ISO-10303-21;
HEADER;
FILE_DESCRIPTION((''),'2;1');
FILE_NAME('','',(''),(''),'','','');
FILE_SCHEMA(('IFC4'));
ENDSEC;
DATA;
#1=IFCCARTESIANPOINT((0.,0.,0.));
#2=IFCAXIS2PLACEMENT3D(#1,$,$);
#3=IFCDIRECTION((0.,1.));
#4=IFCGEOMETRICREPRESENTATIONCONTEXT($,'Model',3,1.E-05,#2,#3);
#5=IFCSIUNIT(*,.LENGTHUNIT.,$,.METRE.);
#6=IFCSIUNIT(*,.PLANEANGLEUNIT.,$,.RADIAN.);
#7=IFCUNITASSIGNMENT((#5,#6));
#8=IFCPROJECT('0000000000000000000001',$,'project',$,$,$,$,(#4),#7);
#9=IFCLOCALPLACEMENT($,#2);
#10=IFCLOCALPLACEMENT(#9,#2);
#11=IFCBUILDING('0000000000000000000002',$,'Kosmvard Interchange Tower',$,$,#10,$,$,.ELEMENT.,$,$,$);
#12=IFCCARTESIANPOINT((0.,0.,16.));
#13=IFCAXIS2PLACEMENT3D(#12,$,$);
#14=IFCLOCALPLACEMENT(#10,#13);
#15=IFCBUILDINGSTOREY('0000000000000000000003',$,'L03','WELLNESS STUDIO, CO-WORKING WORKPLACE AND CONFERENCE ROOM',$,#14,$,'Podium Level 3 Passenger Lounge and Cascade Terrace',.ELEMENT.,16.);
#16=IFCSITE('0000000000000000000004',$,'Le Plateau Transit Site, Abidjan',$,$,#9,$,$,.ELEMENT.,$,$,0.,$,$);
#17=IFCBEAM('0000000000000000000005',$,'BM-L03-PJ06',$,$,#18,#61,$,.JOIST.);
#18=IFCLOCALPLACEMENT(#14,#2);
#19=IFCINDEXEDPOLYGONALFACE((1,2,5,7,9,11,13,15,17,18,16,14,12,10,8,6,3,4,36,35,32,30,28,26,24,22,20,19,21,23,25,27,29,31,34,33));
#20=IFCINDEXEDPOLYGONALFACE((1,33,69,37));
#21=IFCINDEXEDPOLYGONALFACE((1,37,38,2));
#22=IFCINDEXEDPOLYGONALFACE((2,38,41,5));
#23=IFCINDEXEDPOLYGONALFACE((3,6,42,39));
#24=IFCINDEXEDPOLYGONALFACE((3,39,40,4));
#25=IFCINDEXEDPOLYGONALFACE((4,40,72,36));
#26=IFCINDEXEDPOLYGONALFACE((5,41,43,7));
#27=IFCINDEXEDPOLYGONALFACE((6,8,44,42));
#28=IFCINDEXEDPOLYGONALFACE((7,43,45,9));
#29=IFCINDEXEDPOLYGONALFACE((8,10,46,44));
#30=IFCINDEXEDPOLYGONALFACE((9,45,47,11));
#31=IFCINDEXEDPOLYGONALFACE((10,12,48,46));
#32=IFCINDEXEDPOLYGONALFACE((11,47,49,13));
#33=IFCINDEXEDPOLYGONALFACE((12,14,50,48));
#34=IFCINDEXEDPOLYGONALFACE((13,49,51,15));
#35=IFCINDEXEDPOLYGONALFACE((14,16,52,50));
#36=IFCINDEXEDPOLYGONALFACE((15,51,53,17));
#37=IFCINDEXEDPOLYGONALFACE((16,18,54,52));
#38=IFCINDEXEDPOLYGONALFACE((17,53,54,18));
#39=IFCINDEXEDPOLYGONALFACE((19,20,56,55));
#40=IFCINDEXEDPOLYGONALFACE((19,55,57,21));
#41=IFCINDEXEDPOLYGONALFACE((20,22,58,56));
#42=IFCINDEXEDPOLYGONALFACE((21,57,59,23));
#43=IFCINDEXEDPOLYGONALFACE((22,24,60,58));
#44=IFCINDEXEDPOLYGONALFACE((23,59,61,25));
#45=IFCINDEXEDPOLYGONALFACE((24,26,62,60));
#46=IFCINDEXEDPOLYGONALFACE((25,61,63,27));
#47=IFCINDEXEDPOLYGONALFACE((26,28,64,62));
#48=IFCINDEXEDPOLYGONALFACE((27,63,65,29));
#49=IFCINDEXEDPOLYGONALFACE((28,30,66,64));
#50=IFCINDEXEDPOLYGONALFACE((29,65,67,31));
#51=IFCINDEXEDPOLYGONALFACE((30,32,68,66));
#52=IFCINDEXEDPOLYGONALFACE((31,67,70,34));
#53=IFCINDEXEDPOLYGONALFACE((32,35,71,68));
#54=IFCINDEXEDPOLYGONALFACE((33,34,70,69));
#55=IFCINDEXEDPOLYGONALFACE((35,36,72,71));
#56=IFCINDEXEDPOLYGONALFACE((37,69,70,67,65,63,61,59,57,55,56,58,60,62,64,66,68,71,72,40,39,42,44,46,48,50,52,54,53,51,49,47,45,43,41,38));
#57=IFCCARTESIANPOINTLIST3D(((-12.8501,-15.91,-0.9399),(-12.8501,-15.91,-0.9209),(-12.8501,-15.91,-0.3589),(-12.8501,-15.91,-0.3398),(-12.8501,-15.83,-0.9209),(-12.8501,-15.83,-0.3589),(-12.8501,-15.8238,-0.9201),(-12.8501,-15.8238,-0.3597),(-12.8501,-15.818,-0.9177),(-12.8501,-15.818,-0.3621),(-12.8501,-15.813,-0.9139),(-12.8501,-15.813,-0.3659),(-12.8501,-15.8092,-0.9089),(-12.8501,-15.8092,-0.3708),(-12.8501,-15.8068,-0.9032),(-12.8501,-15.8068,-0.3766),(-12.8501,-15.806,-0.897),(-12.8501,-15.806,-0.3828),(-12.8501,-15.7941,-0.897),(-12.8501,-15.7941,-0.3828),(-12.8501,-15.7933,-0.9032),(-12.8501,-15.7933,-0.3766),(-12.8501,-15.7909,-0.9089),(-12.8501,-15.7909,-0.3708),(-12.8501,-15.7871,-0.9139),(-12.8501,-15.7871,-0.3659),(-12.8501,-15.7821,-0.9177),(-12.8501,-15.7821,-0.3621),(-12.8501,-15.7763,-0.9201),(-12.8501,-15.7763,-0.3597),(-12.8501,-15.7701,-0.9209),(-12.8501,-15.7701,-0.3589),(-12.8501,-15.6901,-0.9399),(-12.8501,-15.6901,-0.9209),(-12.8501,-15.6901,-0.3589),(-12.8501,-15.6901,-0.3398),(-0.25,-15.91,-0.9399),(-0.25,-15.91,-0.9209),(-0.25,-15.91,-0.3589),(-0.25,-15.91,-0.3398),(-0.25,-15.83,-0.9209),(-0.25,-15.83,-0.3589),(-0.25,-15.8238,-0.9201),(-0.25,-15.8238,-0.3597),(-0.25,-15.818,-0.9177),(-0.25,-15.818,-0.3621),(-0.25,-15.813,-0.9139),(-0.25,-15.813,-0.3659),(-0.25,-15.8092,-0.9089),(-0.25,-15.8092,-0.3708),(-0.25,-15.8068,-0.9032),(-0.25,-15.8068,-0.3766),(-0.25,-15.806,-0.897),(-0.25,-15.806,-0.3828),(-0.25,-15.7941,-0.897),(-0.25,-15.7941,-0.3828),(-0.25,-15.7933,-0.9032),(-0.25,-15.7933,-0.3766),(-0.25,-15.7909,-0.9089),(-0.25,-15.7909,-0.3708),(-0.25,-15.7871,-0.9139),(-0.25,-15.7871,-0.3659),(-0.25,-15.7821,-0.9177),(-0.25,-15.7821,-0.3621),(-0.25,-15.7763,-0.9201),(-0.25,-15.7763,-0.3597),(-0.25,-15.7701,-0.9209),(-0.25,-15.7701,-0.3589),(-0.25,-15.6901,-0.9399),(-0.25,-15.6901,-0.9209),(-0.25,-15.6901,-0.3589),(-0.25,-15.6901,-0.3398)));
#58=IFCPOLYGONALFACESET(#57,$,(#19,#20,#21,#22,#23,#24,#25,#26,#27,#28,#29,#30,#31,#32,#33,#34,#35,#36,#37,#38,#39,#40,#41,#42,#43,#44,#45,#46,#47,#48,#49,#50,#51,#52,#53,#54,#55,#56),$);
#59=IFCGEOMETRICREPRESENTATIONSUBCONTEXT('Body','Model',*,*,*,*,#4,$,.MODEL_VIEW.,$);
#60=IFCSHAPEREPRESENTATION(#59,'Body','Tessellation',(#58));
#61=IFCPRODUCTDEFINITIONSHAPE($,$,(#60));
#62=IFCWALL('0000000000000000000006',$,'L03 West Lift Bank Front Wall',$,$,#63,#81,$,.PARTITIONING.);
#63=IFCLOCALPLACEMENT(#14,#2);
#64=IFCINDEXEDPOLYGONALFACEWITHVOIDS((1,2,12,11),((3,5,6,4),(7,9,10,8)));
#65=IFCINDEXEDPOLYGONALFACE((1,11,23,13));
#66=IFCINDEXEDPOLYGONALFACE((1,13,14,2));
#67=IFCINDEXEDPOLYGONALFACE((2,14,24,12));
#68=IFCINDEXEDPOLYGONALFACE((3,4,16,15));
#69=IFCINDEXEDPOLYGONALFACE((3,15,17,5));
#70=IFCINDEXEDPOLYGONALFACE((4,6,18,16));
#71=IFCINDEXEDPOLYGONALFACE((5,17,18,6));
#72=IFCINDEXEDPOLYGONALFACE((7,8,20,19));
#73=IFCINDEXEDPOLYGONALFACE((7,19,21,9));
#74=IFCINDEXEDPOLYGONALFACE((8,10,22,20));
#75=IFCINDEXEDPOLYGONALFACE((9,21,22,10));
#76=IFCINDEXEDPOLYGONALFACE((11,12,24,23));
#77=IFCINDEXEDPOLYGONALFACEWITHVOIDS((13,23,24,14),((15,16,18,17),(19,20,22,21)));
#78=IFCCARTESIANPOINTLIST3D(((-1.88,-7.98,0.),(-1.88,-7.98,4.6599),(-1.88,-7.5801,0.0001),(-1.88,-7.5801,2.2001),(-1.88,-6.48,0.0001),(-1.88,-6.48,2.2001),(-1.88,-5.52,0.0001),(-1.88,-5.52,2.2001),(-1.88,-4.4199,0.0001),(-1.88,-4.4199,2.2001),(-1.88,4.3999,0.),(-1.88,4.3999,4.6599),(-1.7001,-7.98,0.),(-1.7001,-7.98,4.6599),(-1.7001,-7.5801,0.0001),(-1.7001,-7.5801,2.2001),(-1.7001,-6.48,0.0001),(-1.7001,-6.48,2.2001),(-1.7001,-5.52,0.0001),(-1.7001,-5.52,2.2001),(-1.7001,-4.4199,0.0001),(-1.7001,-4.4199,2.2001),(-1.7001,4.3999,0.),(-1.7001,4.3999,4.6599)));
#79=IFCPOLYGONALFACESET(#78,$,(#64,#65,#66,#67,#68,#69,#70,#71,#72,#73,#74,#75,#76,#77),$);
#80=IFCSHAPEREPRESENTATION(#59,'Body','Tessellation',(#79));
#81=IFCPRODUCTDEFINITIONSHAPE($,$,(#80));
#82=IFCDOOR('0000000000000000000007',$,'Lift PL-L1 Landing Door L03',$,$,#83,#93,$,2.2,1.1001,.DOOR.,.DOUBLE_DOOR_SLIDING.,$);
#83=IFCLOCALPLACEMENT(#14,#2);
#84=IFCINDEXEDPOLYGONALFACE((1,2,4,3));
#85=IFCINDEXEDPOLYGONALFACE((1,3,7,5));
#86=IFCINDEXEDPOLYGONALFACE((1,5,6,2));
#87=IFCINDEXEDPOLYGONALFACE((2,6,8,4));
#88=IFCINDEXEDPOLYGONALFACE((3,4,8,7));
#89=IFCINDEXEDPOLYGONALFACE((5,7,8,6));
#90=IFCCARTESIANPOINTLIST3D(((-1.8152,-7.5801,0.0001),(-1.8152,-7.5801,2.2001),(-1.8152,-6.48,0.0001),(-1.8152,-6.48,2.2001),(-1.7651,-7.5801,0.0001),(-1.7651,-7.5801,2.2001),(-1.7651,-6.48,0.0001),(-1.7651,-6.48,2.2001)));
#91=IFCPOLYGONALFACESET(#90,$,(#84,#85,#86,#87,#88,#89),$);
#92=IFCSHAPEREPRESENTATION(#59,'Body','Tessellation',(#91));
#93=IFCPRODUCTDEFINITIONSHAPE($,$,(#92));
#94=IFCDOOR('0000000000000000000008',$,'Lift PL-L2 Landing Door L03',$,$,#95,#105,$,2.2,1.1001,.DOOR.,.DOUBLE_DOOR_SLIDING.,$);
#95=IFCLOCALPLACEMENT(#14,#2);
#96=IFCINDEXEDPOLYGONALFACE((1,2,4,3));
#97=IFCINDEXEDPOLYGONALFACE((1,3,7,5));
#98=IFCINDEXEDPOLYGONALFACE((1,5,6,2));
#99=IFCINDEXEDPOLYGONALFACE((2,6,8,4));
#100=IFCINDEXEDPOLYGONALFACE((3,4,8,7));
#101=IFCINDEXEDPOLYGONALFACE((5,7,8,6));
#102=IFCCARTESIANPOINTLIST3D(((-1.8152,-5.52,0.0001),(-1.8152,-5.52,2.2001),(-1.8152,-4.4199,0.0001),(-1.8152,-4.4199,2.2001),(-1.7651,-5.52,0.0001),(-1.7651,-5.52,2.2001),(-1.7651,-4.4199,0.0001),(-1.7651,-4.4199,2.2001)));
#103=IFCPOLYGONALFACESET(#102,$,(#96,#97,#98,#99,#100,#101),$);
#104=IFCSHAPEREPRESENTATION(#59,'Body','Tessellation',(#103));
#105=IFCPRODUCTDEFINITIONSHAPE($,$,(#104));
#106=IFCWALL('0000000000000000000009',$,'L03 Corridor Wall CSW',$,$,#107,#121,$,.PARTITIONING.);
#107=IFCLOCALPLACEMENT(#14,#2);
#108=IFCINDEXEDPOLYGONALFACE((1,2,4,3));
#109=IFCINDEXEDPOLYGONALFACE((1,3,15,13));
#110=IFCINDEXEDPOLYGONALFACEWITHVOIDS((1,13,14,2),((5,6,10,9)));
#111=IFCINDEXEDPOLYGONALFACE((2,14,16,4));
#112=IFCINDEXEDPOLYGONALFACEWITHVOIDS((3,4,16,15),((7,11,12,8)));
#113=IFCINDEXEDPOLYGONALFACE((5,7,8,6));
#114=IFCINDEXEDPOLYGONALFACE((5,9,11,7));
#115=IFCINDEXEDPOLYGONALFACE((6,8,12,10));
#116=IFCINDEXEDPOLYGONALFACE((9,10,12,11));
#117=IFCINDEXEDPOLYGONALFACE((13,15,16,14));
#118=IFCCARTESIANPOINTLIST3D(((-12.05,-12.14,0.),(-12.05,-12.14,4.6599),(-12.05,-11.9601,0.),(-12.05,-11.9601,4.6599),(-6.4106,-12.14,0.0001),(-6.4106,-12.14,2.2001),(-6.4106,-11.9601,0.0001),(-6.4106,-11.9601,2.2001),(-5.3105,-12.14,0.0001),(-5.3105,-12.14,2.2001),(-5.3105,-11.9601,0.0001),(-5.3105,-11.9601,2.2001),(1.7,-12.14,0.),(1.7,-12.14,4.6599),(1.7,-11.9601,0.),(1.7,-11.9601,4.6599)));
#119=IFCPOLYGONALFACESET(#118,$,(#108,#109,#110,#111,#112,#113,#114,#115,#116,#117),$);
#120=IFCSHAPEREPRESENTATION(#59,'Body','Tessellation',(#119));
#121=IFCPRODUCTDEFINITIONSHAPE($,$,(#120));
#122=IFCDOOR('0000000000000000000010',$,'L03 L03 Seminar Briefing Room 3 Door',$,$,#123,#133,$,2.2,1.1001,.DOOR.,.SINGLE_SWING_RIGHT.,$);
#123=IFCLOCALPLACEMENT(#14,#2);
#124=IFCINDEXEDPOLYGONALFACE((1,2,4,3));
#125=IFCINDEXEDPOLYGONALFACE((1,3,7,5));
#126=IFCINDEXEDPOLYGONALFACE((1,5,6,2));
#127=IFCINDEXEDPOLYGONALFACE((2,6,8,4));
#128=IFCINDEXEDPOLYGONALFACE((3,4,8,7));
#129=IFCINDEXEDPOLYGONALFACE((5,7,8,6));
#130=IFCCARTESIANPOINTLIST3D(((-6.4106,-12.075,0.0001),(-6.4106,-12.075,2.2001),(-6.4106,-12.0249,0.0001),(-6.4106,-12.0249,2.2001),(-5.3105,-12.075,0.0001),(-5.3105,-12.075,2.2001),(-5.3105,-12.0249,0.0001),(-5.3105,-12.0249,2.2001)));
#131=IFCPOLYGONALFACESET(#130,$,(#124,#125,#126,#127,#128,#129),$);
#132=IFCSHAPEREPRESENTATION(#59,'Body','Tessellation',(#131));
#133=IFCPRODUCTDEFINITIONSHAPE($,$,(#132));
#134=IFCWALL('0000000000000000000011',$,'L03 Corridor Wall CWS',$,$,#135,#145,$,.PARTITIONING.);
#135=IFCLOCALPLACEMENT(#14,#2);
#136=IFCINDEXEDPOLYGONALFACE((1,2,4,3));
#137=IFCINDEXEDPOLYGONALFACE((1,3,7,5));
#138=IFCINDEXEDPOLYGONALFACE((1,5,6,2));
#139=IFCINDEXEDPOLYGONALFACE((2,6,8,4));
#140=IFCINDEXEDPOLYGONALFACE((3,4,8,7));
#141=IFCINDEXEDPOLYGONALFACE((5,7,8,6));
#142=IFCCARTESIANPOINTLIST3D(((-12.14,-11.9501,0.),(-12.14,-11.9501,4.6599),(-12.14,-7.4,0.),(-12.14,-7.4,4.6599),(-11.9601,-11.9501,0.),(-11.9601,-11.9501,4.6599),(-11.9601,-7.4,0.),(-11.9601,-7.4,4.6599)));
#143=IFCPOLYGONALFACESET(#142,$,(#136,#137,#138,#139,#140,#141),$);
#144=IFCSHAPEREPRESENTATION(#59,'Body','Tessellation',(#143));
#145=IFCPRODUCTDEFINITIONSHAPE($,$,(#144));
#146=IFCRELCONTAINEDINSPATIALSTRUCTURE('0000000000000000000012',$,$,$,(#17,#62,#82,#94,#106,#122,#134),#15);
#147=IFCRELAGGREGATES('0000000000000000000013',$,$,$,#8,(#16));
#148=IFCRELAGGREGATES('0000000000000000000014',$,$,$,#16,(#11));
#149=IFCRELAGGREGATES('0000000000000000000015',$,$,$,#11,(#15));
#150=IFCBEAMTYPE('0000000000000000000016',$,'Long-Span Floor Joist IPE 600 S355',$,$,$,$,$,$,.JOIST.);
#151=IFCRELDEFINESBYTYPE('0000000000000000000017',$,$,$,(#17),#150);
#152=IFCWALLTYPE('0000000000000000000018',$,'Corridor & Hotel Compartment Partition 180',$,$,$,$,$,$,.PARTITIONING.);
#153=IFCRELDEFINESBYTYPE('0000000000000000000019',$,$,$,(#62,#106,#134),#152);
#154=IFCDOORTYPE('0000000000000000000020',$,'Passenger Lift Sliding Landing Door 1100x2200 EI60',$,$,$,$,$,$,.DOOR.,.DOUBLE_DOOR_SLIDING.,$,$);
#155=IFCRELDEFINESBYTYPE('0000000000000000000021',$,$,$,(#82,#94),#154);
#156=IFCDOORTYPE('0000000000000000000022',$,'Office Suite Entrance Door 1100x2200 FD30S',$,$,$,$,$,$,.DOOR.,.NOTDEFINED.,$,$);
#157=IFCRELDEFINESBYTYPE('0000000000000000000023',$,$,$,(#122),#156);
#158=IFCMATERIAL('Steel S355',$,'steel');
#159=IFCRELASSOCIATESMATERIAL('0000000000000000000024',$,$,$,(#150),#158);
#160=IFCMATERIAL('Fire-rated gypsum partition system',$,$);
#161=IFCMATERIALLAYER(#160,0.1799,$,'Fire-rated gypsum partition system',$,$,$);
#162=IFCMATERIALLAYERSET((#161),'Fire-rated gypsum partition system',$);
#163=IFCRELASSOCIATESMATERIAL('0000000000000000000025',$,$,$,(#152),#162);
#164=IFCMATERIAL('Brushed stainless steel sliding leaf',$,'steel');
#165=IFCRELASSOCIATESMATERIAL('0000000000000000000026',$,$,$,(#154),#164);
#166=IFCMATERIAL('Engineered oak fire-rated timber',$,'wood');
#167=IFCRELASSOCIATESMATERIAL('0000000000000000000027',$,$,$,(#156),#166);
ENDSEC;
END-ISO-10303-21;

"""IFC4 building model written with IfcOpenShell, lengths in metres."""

from ifc_helpers import new_model, si_unit, direction, frame, frame_2d, origin, origin_2d, place, context, subcontext, project, spatial, rectangle, i_section, extrude, source, transform, mapped, material, layer, layer_set, material_profile, profile_set, type_object, element, fill, save


model = new_model("IFC4")

# Units and contexts
model_context = context("Model", 3, precision=1e-05, world=origin(), true_north=direction((0.0, 1.0)))
body_context = subcontext(model_context, "Body", "Model", "MODEL_VIEW")
ifc_project = project(units=[si_unit("LENGTHUNIT", "METRE"), si_unit("PLANEANGLEUNIT", "RADIAN")], contexts=[model_context])

# Site, building, storey
site_placement = place(None, origin())
site = spatial("IfcSite", under=ifc_project, at=site_placement, Name="Le Plateau Transit Site, Abidjan", CompositionType="ELEMENT", RefElevation=0.0)
building_placement = place(site_placement, origin())
building = spatial("IfcBuilding", under=site, at=building_placement, Name="Kosmvard Interchange Tower", CompositionType="ELEMENT")
storey_placement = place(building_placement, frame((0.0, 0.0, 16.0)))
storey = spatial("IfcBuildingStorey", under=building, at=storey_placement, Name="L03", Description="WELLNESS STUDIO, CO-WORKING WORKPLACE AND CONFERENCE ROOM", LongName="Podium Level 3 Passenger Lounge and Cascade Terrace", CompositionType="ELEMENT", Elevation=16.0)

# Beam
ifc_material_1 = material(Name="Steel S355", Category="steel")
ifc_material_profile_1 = material_profile(ifc_material_1, i_section(OverallWidth=0.22, OverallDepth=0.6001, WebThickness=0.012, FlangeThickness=0.019, FilletRadius=0.0239, at=origin_2d()), Name="IPE 600")
ifc_profile_set_1 = profile_set([ifc_material_profile_1], Name="Steel S355")
beam_type_1 = type_object("IfcBeamType", Name="Long-Span Floor Joist IPE 600 S355", PredefinedType="JOIST", material=ifc_profile_set_1)
shared_shape_1 = source(origin(), body_context, "Body", "SweptSolid", [
    extrude(i_section(OverallWidth=0.22, OverallDepth=0.6001, WebThickness=0.012, FlangeThickness=0.019, FilletRadius=0.0239, at=origin_2d()), origin(), (0.0, 0.0, 1.0), 12.6001),
])
beam_1_placement = place(storey_placement, frame((-12.8501, -15.8, -0.6399), z_axis=(1.0, 0.0, 0.0), x_axis=(0.0, 1.0, 0.0)))
element("IfcBeam", 1, at=beam_1_placement, inside=storey, type_object=beam_type_1, Name="BM-L03-PJ06", PredefinedType="JOIST", context=body_context, shape_type="MappedRepresentation", body=[
    mapped(shared_shape_1, transform((0.0, 0.0, 0.0), scale=1.0)),
])

# Wall, openings, doors
ifc_material_2 = material(Name="Fire-rated gypsum partition system")
ifc_layer_1 = layer(ifc_material_2, 0.1799, Name="Fire-rated gypsum partition system")
ifc_layer_set_1 = layer_set([ifc_layer_1], Name="Fire-rated gypsum partition system")
wall_type_1 = type_object("IfcWallType", Name="Corridor & Hotel Compartment Partition 180", PredefinedType="PARTITIONING", material=ifc_layer_set_1)
wall_1_placement = place(storey_placement, frame((-1.79, -7.98, 0.0), z_axis=(0.0, 0.0, 1.0), x_axis=(0.0, 1.0, 0.0)))
wall_1 = element("IfcWall", 2, at=wall_1_placement, inside=storey, type_object=wall_type_1, Name="L03 West Lift Bank Front Wall", PredefinedType="PARTITIONING", context=body_context, shape_type="SweptSolid", body=[
    extrude(rectangle(XDim=12.3799, YDim=0.1799, at=frame_2d((6.1899, 0.0))), origin(), (0.0, 0.0, 1.0), 4.6599),
])
opening_1_placement = place(wall_1_placement, frame((0.3999, 0.0, 0.0)))
opening_1 = element("IfcOpeningElement", 3, at=opening_1_placement, cuts=wall_1, PredefinedType="OPENING", context=body_context, shape_type="SweptSolid", body=[
    extrude(rectangle(XDim=1.1001, YDim=2.2, at=frame_2d((0.55, 1.1001))), frame((0.0, 0.1001, 0.0), z_axis=(0.0, -1.0, 0.0), x_axis=(1.0, 0.0, 0.0)), (0.0, 0.0, 1.0), 0.2),
])
opening_2_placement = place(wall_1_placement, frame((2.46, 0.0, 0.0)))
opening_2 = element("IfcOpeningElement", 4, at=opening_2_placement, cuts=wall_1, PredefinedType="OPENING", context=body_context, shape_type="SweptSolid", body=[
    extrude(rectangle(XDim=1.1001, YDim=2.2, at=frame_2d((0.55, 1.1001))), frame((0.0, 0.1001, 0.0), z_axis=(0.0, -1.0, 0.0), x_axis=(1.0, 0.0, 0.0)), (0.0, 0.0, 1.0), 0.2),
])
ifc_material_3 = material(Name="Brushed stainless steel sliding leaf", Category="steel")
door_type_1 = type_object("IfcDoorType", Name="Passenger Lift Sliding Landing Door 1100x2200 EI60", OperationType="DOUBLE_DOOR_SLIDING", PredefinedType="DOOR", material=ifc_material_3)
shared_shape_2 = source(origin(), body_context, "Body", "SweptSolid", [
    extrude(rectangle(XDim=1.1001, YDim=2.2, at=frame_2d((0.55, 1.1001))), frame((0.0, 0.0249, 0.0), z_axis=(0.0, -1.0, 0.0), x_axis=(1.0, 0.0, 0.0)), (0.0, 0.0, 1.0), 0.05),
])
door_1_placement = place(opening_1_placement, frame((1.1001, 0.0, 0.0), z_axis=(0.0, 0.0, 1.0), x_axis=(-1.0, 0.0, 0.0)))
door_1 = element("IfcDoor", 5, at=door_1_placement, inside=storey, type_object=door_type_1, Name="Lift PL-L1 Landing Door L03", OperationType="DOUBLE_DOOR_SLIDING", OverallHeight=2.2, OverallWidth=1.1001, PredefinedType="DOOR", context=body_context, shape_type="MappedRepresentation", body=[
    mapped(shared_shape_2, transform((0.0, 0.0, 0.0), scale=1.0)),
])
fill(opening_1, door_1)
door_2_placement = place(opening_2_placement, frame((1.1001, 0.0, 0.0), z_axis=(0.0, 0.0, 1.0), x_axis=(-1.0, 0.0, 0.0)))
door_2 = element("IfcDoor", 6, at=door_2_placement, inside=storey, type_object=door_type_1, Name="Lift PL-L2 Landing Door L03", OperationType="DOUBLE_DOOR_SLIDING", OverallHeight=2.2, OverallWidth=1.1001, PredefinedType="DOOR", context=body_context, shape_type="MappedRepresentation", body=[
    mapped(shared_shape_2, transform((0.0, 0.0, 0.0), scale=1.0)),
])
fill(opening_2, door_2)

# Wall, opening, door
wall_2_placement = place(storey_placement, frame((-12.05, -12.05, 0.0), z_axis=(0.0, 0.0, 1.0), x_axis=(1.0, 0.0, 0.0)))
wall_2 = element("IfcWall", 7, at=wall_2_placement, inside=storey, type_object=wall_type_1, Name="L03 Corridor Wall CSW", PredefinedType="PARTITIONING", context=body_context, shape_type="SweptSolid", body=[
    extrude(rectangle(XDim=13.75, YDim=0.1799, at=frame_2d((6.875, 0.0))), origin(), (0.0, 0.0, 1.0), 4.6599),
])
opening_3_placement = place(wall_2_placement, frame((5.6394, 0.0, 0.0)))
opening_3 = element("IfcOpeningElement", 8, at=opening_3_placement, cuts=wall_2, PredefinedType="OPENING", context=body_context, shape_type="SweptSolid", body=[
    extrude(rectangle(XDim=1.1001, YDim=2.2, at=frame_2d((0.55, 1.1001))), frame((0.0, 0.1001, 0.0), z_axis=(0.0, -1.0, 0.0), x_axis=(1.0, 0.0, 0.0)), (0.0, 0.0, 1.0), 0.2),
])
ifc_material_4 = material(Name="Engineered oak fire-rated timber", Category="wood")
door_type_2 = type_object("IfcDoorType", Name="Office Suite Entrance Door 1100x2200 FD30S", OperationType="NOTDEFINED", PredefinedType="DOOR", material=ifc_material_4)
door_3_placement = place(opening_3_placement, frame((1.1001, 0.0, 0.0), z_axis=(0.0, 0.0, 1.0), x_axis=(-1.0, 0.0, 0.0)))
door_3 = element("IfcDoor", 9, at=door_3_placement, inside=storey, type_object=door_type_2, Name="L03 L03 Seminar Briefing Room 3 Door", OperationType="SINGLE_SWING_RIGHT", OverallHeight=2.2, OverallWidth=1.1001, PredefinedType="DOOR", context=body_context, shape_type="MappedRepresentation", body=[
    mapped(shared_shape_2, transform((0.0, 0.0, 0.0), scale=1.0)),
])
fill(opening_3, door_3)

# Wall
wall_3_placement = place(storey_placement, frame((-12.05, -11.95, 0.0), z_axis=(0.0, 0.0, 1.0), x_axis=(0.0, 1.0, 0.0)))
element("IfcWall", 10, at=wall_3_placement, inside=storey, type_object=wall_type_1, Name="L03 Corridor Wall CWS", PredefinedType="PARTITIONING", context=body_context, shape_type="SweptSolid", body=[
    extrude(rectangle(XDim=4.55, YDim=0.1799, at=frame_2d((2.2749, 0.0))), origin(), (0.0, 0.0, 1.0), 4.6599),
])

save(model, "model.ifc")
